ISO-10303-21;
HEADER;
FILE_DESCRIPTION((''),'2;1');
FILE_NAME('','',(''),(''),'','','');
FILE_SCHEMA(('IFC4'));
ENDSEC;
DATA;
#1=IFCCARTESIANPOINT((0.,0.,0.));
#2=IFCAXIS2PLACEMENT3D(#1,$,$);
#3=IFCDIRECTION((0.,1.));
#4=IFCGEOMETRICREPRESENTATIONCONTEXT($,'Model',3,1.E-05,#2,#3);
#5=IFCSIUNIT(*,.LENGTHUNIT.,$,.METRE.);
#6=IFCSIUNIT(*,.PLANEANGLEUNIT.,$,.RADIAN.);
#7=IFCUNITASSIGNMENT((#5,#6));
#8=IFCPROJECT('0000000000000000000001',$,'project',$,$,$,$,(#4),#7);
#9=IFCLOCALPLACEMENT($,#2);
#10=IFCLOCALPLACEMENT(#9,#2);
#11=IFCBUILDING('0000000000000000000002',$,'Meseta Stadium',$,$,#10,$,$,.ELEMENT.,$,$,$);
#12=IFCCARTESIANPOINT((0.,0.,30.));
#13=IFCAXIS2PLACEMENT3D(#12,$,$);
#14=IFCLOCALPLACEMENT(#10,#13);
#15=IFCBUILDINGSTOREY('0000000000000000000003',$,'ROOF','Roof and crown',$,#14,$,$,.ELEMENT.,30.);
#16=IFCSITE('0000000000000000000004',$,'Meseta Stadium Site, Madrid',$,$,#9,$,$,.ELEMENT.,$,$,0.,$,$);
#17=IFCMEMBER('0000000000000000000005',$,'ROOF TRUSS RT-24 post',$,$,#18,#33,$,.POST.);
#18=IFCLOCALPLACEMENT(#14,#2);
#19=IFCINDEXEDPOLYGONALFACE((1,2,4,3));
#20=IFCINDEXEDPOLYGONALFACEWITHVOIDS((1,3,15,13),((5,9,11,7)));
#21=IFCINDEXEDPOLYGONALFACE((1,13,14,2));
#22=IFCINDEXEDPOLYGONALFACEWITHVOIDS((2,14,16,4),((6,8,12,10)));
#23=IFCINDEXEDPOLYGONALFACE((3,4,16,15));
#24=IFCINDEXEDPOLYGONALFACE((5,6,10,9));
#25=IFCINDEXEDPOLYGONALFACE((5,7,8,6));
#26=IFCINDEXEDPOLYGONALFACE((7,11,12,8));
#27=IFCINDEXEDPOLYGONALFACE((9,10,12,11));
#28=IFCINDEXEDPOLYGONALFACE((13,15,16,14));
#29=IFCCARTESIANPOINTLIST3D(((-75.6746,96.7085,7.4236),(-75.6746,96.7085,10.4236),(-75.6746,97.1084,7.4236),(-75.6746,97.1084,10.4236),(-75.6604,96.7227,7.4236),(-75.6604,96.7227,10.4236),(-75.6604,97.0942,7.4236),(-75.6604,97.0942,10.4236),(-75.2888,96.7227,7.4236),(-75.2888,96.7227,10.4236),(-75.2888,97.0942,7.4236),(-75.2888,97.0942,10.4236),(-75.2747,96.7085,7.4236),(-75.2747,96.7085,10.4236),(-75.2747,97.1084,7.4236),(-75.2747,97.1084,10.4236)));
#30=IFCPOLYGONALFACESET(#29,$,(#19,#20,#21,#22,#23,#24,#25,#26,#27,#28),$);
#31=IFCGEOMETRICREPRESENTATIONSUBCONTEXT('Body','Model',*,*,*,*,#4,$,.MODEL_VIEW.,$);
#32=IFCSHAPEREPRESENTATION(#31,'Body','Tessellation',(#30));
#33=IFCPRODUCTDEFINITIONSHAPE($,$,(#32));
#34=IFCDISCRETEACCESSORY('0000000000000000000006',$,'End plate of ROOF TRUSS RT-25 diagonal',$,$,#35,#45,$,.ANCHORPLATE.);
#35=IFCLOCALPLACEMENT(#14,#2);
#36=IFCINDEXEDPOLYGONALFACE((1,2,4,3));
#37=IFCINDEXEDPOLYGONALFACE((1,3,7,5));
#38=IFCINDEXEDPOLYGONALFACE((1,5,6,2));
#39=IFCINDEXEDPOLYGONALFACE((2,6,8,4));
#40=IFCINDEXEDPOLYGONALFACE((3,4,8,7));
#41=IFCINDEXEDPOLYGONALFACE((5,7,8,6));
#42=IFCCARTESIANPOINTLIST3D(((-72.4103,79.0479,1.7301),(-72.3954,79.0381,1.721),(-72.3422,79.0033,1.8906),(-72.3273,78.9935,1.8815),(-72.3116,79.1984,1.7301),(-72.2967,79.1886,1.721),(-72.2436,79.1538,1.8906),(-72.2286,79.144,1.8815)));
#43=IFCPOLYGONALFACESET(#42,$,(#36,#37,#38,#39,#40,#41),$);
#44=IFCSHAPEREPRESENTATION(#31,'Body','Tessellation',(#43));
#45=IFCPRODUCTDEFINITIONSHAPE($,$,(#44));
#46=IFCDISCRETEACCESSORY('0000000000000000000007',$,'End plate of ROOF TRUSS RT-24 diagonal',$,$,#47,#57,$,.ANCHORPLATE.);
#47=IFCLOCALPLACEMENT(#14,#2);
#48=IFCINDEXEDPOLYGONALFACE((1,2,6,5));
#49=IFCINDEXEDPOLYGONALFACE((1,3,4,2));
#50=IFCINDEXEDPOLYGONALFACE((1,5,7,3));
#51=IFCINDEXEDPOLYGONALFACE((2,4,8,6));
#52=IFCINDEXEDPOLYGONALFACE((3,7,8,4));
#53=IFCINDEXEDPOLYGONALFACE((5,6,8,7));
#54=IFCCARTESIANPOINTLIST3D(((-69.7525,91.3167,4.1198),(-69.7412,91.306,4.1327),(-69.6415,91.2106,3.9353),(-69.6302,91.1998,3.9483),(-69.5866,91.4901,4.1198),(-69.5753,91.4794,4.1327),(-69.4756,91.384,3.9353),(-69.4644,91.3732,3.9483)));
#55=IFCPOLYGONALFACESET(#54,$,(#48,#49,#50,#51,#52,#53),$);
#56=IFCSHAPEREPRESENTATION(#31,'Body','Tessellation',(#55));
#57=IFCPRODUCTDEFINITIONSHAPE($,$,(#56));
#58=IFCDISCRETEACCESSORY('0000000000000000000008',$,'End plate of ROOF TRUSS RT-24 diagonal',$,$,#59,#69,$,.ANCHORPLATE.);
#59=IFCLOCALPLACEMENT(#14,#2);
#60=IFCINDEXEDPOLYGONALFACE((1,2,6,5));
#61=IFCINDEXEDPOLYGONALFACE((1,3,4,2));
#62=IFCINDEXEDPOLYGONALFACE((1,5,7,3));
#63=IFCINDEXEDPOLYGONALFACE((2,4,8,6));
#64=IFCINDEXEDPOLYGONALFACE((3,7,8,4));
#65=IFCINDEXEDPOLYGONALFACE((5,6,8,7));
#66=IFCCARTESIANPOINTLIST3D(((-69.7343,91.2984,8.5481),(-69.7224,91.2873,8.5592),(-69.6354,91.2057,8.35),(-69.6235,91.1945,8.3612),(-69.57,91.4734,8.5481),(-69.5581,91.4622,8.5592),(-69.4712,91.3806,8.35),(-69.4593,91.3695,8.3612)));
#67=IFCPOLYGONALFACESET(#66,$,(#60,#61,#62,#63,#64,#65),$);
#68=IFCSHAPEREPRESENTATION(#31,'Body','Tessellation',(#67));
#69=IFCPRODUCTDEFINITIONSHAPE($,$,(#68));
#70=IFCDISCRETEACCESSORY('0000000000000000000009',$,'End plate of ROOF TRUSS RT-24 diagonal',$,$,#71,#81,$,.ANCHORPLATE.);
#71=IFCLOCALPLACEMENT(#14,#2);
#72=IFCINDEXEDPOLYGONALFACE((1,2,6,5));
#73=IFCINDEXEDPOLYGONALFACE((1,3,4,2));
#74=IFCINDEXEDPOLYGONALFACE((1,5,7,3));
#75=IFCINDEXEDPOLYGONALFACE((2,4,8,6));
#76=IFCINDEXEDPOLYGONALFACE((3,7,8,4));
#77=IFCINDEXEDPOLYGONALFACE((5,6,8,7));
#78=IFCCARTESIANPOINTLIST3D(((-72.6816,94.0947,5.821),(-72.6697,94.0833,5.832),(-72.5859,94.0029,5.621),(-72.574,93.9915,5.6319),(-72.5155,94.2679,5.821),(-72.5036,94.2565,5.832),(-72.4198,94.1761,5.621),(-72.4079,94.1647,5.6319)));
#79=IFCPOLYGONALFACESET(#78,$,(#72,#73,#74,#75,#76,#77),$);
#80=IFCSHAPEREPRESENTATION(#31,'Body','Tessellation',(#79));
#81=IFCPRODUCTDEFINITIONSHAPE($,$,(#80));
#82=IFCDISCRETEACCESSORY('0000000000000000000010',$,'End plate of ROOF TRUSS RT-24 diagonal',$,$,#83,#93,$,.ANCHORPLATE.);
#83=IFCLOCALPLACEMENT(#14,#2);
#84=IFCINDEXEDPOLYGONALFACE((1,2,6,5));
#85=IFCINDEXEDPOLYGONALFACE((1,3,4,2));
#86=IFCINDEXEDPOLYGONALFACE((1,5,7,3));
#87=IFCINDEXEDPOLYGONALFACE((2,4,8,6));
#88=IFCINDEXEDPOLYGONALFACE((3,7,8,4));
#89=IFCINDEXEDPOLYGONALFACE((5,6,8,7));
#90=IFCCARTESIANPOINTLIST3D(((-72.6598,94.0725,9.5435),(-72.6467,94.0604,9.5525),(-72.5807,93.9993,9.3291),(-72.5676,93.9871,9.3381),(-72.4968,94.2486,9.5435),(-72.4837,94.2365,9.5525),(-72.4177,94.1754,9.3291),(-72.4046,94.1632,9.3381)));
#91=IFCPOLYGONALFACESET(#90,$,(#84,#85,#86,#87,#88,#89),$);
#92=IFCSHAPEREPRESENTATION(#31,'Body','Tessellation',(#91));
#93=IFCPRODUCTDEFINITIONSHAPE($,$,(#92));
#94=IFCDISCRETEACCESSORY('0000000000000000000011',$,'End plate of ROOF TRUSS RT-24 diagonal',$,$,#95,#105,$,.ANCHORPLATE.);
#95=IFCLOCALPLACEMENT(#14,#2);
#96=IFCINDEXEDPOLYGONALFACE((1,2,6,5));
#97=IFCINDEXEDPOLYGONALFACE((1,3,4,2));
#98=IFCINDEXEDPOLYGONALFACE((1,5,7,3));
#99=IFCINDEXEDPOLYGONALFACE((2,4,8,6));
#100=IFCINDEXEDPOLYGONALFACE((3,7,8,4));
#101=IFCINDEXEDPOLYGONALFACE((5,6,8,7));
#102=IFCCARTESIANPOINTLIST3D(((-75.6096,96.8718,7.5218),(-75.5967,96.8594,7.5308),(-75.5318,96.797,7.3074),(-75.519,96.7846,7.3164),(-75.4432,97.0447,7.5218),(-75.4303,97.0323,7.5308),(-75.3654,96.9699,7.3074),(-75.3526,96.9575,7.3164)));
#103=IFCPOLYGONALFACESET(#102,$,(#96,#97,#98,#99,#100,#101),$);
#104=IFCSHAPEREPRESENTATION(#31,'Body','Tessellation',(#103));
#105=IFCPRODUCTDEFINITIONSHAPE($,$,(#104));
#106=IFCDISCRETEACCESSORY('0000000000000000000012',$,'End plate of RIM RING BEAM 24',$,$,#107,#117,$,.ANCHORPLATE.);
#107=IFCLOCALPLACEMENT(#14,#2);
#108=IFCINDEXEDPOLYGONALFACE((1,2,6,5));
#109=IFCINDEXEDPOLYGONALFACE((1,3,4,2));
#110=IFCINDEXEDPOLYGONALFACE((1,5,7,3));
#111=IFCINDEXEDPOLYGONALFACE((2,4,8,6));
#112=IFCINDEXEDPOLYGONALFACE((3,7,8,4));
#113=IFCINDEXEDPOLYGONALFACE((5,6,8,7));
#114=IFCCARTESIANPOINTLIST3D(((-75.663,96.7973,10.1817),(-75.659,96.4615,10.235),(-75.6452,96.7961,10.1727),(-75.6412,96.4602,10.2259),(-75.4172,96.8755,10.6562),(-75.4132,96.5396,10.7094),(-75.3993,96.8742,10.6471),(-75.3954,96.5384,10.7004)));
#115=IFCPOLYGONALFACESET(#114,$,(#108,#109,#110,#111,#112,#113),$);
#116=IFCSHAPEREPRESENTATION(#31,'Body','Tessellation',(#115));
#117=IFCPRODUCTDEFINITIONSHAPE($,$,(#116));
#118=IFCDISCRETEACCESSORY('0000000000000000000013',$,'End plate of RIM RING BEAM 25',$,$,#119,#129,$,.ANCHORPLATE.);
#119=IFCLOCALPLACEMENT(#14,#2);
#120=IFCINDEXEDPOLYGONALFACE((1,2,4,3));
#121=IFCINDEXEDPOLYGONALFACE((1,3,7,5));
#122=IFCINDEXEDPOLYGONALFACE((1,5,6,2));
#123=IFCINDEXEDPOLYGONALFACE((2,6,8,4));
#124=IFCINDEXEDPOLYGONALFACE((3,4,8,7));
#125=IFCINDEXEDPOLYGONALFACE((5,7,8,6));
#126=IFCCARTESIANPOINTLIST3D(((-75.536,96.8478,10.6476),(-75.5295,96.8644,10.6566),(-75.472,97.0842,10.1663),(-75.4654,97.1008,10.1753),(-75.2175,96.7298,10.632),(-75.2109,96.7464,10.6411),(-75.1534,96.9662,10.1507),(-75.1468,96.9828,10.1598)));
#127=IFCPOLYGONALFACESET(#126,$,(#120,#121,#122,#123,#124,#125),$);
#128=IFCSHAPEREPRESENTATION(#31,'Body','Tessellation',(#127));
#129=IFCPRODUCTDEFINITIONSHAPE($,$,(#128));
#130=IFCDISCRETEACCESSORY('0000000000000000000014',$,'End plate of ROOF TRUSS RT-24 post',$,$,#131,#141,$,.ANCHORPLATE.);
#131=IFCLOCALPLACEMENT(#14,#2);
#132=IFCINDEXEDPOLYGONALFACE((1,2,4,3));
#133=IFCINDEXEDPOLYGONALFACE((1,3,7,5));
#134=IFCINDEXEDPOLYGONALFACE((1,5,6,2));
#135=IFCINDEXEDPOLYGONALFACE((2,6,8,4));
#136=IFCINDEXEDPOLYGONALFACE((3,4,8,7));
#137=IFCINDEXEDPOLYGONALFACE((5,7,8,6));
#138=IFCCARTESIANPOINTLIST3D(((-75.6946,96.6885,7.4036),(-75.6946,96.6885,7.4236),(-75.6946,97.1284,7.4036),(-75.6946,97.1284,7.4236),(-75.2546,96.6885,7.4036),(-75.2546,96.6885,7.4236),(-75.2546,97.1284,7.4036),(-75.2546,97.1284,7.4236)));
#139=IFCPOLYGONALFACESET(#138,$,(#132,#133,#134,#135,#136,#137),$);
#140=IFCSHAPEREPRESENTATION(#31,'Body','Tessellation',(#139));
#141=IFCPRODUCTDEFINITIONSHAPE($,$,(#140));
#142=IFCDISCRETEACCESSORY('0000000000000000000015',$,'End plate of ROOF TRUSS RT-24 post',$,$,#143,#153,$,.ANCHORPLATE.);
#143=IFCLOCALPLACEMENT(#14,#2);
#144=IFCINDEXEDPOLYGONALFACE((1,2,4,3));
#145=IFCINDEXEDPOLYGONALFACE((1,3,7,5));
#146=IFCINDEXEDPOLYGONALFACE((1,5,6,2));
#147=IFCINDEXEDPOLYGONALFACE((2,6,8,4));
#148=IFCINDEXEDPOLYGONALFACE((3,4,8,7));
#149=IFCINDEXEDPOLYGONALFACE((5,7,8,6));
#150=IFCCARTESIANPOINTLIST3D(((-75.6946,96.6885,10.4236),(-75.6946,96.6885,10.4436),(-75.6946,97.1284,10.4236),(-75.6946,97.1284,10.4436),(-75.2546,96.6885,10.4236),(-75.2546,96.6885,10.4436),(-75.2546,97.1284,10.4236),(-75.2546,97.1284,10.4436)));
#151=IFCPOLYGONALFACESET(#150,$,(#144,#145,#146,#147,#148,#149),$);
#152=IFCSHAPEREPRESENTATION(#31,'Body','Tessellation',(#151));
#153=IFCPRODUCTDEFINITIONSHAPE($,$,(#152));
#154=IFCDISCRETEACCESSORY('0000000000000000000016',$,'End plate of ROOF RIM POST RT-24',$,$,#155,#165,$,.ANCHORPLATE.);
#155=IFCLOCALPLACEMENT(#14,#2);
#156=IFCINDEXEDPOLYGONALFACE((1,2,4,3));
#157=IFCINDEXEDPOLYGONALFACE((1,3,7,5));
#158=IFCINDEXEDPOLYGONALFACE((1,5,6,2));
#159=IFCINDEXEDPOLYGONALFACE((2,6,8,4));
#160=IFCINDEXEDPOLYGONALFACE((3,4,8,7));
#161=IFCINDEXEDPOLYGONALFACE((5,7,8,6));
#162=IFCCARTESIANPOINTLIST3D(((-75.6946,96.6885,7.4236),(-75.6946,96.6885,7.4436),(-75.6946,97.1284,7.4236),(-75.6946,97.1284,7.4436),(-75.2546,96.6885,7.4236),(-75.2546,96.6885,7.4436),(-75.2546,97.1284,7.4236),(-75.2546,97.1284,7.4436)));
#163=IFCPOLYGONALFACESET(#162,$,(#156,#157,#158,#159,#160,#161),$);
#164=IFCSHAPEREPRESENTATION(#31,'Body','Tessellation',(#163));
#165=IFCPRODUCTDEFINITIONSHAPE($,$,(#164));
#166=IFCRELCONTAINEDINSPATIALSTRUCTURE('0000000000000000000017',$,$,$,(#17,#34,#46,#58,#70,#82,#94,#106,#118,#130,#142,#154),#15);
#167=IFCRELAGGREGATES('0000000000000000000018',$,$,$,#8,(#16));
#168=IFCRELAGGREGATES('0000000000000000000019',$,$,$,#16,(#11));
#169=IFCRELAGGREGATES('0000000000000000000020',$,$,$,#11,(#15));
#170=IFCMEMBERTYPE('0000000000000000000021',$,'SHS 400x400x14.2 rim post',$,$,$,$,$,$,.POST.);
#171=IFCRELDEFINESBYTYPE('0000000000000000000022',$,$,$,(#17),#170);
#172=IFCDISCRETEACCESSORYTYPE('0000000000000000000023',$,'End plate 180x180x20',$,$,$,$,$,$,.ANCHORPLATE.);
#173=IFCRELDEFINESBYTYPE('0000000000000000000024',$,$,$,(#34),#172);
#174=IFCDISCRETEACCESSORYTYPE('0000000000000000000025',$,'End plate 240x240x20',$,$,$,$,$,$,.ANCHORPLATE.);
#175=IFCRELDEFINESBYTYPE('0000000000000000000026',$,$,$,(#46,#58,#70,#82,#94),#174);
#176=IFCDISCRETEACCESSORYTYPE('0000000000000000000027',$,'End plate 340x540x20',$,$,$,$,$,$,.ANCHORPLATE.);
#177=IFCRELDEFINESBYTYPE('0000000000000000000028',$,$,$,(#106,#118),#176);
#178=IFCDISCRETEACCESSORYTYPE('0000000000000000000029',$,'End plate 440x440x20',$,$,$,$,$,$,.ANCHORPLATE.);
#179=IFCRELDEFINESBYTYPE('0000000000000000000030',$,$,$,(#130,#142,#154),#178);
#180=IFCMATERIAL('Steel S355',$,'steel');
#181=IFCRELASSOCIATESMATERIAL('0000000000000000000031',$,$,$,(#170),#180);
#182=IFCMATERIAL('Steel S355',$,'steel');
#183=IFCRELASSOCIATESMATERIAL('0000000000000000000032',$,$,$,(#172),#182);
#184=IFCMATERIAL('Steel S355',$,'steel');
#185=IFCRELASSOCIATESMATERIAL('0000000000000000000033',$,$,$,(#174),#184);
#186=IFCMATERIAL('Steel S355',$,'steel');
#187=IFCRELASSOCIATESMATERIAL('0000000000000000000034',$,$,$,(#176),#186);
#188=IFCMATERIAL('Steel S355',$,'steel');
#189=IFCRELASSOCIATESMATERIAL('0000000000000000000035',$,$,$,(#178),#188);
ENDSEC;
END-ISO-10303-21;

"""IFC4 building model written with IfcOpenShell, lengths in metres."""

from ifc_helpers import new_model, si_unit, direction, frame, origin, origin_2d, place, context, subcontext, project, spatial, rectangle, hollow_rectangle, extrude, material, material_profile, profile_set, type_object, element, save


model = new_model("IFC4")

# Units and contexts
model_context = context("Model", 3, precision=1e-05, world=origin(), true_north=direction((0.0, 1.0)))
body_context = subcontext(model_context, "Body", "Model", "MODEL_VIEW")
ifc_project = project(units=[si_unit("LENGTHUNIT", "METRE"), si_unit("PLANEANGLEUNIT", "RADIAN")], contexts=[model_context])

# Site, building, storey
site_placement = place(None, origin())
site = spatial("IfcSite", under=ifc_project, at=site_placement, Name="Meseta Stadium Site, Madrid", CompositionType="ELEMENT", RefElevation=0.0)
building_placement = place(site_placement, origin())
building = spatial("IfcBuilding", under=site, at=building_placement, Name="Meseta Stadium", CompositionType="ELEMENT")
storey_placement = place(building_placement, frame((0.0, 0.0, 30.0)))
storey = spatial("IfcBuildingStorey", under=building, at=storey_placement, Name="ROOF", Description="Roof and crown", CompositionType="ELEMENT", Elevation=30.0)

# Member
ifc_material_1 = material(Name="Steel S355", Category="steel")
ifc_material_profile_1 = material_profile(ifc_material_1, hollow_rectangle(XDim=0.3999, YDim=0.3999, WallThickness=0.0142, at=origin_2d()), Name="SHS 400x400x14.2")
ifc_profile_set_1 = profile_set([ifc_material_profile_1], Name="Steel S355")
member_type_1 = type_object("IfcMemberType", Name="SHS 400x400x14.2 rim post", PredefinedType="POST", material=ifc_profile_set_1)
member_1_placement = place(storey_placement, frame((-75.4746, 96.9084, 7.4236), z_axis=(0.0, 0.0, 1.0), x_axis=(1.0, 0.0, 0.0)))
element("IfcMember", 1, at=member_1_placement, inside=storey, type_object=member_type_1, Name="ROOF TRUSS RT-24 post", PredefinedType="POST", context=body_context, shape_type="SweptSolid", body=[
    extrude(hollow_rectangle(XDim=0.3999, YDim=0.3999, WallThickness=0.0142, at=origin_2d()), origin(), (0.0, 0.0, 1.0), 3.0),
])

# Discrete accessories
ifc_material_2 = material(Name="Steel S355", Category="steel")
ifc_material_profile_2 = material_profile(ifc_material_2, rectangle(XDim=0.1799, YDim=0.1799, at=origin_2d()), Name="PL 180x180")
ifc_profile_set_2 = profile_set([ifc_material_profile_2], Name="Steel S355")
discrete_accessory_type_1 = type_object("IfcDiscreteAccessoryType", Name="End plate 180x180x20", PredefinedType="ANCHORPLATE", material=ifc_profile_set_2)
discrete_accessory_1_placement = place(storey_placement, frame((-72.312, 79.0911, 1.8013), z_axis=(-0.74579, 0.489043, 0.452365), x_axis=(-0.548357, -0.836244, 0.0)))
element("IfcDiscreteAccessory", 2, at=discrete_accessory_1_placement, inside=storey, type_object=discrete_accessory_type_1, Name="End plate of ROOF TRUSS RT-25 diagonal", PredefinedType="ANCHORPLATE", context=body_context, shape_type="SweptSolid", body=[
    extrude(rectangle(XDim=0.1799, YDim=0.1799, at=origin_2d()), origin(), (0.0, 0.0, 1.0), 0.02),
])
ifc_material_3 = material(Name="Steel S355", Category="steel")
ifc_material_profile_3 = material_profile(ifc_material_3, rectangle(XDim=0.24, YDim=0.24, at=origin_2d()), Name="PL 240x240")
ifc_profile_set_3 = profile_set([ifc_material_profile_3], Name="Steel S355")
discrete_accessory_type_2 = type_object("IfcDiscreteAccessoryType", Name="End plate 240x240x20", PredefinedType="ANCHORPLATE", material=ifc_profile_set_3)
discrete_accessory_2_placement = place(storey_placement, frame((-69.6028, 91.3396, 4.0405), z_axis=(-0.555347, 0.531201, -0.639856), x_axis=(-0.691223, -0.722642, 0.0)))
element("IfcDiscreteAccessory", 3, at=discrete_accessory_2_placement, inside=storey, type_object=discrete_accessory_type_2, Name="End plate of ROOF TRUSS RT-24 diagonal", PredefinedType="ANCHORPLATE", context=body_context, shape_type="SweptSolid", body=[
    extrude(rectangle(XDim=0.24, YDim=0.24, at=origin_2d()), origin(), (0.0, 0.0, 1.0), 0.0203),
])
for number, where, z_axis, x_axis, name in (
    (4, (-69.5908, 91.3284, 8.4602), (-0.601646, 0.564811, -0.564811), (-0.684436, -0.729073, 0.0), "End plate of ROOF TRUSS RT-24 diagonal"),
    (5, (-72.5388, 94.124, 5.7319), (-0.601555, 0.577002, -0.552449), (-0.692225, -0.721682, 0.0), "End plate of ROOF TRUSS RT-24 diagonal"),
):
    element("IfcDiscreteAccessory", number, at=place(storey_placement, frame(where, z_axis=z_axis, x_axis=x_axis)), inside=storey, type_object=discrete_accessory_type_2, Name=name, PredefinedType="ANCHORPLATE", context=body_context, shape_type="SweptSolid", body=[
        extrude(rectangle(XDim=0.24, YDim=0.24, at=origin_2d()), origin(), (0.0, 0.0, 1.0), 0.0198),
    ])
for number, where, z_axis, x_axis, name in (
    (6, (-72.5256, 94.1118, 9.4453), (-0.65557, 0.607009, -0.449187), (-0.679408, -0.733761, 0.0), "End plate of ROOF TRUSS RT-24 diagonal"),
    (7, (-75.4746, 96.9084, 7.4236), (-0.643714, 0.619423, -0.449385), (-0.69338, -0.720572, 0.0), "End plate of ROOF TRUSS RT-24 diagonal"),
):
    element("IfcDiscreteAccessory", number, at=place(storey_placement, frame(where, z_axis=z_axis, x_axis=x_axis)), inside=storey, type_object=discrete_accessory_type_2, Name=name, PredefinedType="ANCHORPLATE", context=body_context, shape_type="SweptSolid", body=[
        extrude(rectangle(XDim=0.24, YDim=0.24, at=origin_2d()), origin(), (0.0, 0.0, 1.0), 0.02),
    ])
ifc_material_4 = material(Name="Steel S355", Category="steel")
ifc_material_profile_4 = material_profile(ifc_material_4, rectangle(XDim=0.3401, YDim=0.54, at=origin_2d()), Name="PL 340x540")
ifc_profile_set_4 = profile_set([ifc_material_profile_4], Name="Steel S355")
discrete_accessory_type_3 = type_object("IfcDiscreteAccessoryType", Name="End plate 340x540x20", PredefinedType="ANCHORPLATE", material=ifc_profile_set_4)
for number, where, z_axis, x_axis, name in (
    (8, (-75.5203, 96.6672, 10.4365), (-0.89031, 0.06098, 0.451253), (0.011705, -0.9876, 0.156552), "End plate of RIM RING BEAM 24"),
    (9, (-75.3381, 96.9236, 10.4082), (-0.329317, -0.829392, -0.451287), (0.936737, -0.347028, -0.045784), "End plate of RIM RING BEAM 25"),
):
    element("IfcDiscreteAccessory", number, at=place(storey_placement, frame(where, z_axis=z_axis, x_axis=x_axis)), inside=storey, type_object=discrete_accessory_type_3, Name=name, PredefinedType="ANCHORPLATE", context=body_context, shape_type="SweptSolid", body=[
        extrude(rectangle(XDim=0.3401, YDim=0.54, at=origin_2d()), origin(), (0.0, 0.0, 1.0), 0.02),
    ])
ifc_material_5 = material(Name="Steel S355", Category="steel")
ifc_material_profile_5 = material_profile(ifc_material_5, rectangle(XDim=0.4399, YDim=0.4399, at=origin_2d()), Name="PL 440x440")
ifc_profile_set_5 = profile_set([ifc_material_profile_5], Name="Steel S355")
discrete_accessory_type_4 = type_object("IfcDiscreteAccessoryType", Name="End plate 440x440x20", PredefinedType="ANCHORPLATE", material=ifc_profile_set_5)
for number, where, z_axis, x_axis, name in (
    (10, (-75.4746, 96.9084, 7.4036), (0.0, 0.0, 1.0), (1.0, 0.0, 0.0), "End plate of ROOF TRUSS RT-24 post"),
    (11, (-75.4746, 96.9084, 10.4236), (0.0, 0.0, 1.0), (1.0, 0.0, 0.0), "End plate of ROOF TRUSS RT-24 post"),
    (12, (-75.4746, 96.9084, 7.4236), (0.0, 0.0, 1.0), (1.0, 0.0, 0.0), "End plate of ROOF RIM POST RT-24"),
):
    element("IfcDiscreteAccessory", number, at=place(storey_placement, frame(where, z_axis=z_axis, x_axis=x_axis)), inside=storey, type_object=discrete_accessory_type_4, Name=name, PredefinedType="ANCHORPLATE", context=body_context, shape_type="SweptSolid", body=[
        extrude(rectangle(XDim=0.4399, YDim=0.4399, at=origin_2d()), origin(), (0.0, 0.0, 1.0), 0.02),
    ])

save(model, "model.ifc")
